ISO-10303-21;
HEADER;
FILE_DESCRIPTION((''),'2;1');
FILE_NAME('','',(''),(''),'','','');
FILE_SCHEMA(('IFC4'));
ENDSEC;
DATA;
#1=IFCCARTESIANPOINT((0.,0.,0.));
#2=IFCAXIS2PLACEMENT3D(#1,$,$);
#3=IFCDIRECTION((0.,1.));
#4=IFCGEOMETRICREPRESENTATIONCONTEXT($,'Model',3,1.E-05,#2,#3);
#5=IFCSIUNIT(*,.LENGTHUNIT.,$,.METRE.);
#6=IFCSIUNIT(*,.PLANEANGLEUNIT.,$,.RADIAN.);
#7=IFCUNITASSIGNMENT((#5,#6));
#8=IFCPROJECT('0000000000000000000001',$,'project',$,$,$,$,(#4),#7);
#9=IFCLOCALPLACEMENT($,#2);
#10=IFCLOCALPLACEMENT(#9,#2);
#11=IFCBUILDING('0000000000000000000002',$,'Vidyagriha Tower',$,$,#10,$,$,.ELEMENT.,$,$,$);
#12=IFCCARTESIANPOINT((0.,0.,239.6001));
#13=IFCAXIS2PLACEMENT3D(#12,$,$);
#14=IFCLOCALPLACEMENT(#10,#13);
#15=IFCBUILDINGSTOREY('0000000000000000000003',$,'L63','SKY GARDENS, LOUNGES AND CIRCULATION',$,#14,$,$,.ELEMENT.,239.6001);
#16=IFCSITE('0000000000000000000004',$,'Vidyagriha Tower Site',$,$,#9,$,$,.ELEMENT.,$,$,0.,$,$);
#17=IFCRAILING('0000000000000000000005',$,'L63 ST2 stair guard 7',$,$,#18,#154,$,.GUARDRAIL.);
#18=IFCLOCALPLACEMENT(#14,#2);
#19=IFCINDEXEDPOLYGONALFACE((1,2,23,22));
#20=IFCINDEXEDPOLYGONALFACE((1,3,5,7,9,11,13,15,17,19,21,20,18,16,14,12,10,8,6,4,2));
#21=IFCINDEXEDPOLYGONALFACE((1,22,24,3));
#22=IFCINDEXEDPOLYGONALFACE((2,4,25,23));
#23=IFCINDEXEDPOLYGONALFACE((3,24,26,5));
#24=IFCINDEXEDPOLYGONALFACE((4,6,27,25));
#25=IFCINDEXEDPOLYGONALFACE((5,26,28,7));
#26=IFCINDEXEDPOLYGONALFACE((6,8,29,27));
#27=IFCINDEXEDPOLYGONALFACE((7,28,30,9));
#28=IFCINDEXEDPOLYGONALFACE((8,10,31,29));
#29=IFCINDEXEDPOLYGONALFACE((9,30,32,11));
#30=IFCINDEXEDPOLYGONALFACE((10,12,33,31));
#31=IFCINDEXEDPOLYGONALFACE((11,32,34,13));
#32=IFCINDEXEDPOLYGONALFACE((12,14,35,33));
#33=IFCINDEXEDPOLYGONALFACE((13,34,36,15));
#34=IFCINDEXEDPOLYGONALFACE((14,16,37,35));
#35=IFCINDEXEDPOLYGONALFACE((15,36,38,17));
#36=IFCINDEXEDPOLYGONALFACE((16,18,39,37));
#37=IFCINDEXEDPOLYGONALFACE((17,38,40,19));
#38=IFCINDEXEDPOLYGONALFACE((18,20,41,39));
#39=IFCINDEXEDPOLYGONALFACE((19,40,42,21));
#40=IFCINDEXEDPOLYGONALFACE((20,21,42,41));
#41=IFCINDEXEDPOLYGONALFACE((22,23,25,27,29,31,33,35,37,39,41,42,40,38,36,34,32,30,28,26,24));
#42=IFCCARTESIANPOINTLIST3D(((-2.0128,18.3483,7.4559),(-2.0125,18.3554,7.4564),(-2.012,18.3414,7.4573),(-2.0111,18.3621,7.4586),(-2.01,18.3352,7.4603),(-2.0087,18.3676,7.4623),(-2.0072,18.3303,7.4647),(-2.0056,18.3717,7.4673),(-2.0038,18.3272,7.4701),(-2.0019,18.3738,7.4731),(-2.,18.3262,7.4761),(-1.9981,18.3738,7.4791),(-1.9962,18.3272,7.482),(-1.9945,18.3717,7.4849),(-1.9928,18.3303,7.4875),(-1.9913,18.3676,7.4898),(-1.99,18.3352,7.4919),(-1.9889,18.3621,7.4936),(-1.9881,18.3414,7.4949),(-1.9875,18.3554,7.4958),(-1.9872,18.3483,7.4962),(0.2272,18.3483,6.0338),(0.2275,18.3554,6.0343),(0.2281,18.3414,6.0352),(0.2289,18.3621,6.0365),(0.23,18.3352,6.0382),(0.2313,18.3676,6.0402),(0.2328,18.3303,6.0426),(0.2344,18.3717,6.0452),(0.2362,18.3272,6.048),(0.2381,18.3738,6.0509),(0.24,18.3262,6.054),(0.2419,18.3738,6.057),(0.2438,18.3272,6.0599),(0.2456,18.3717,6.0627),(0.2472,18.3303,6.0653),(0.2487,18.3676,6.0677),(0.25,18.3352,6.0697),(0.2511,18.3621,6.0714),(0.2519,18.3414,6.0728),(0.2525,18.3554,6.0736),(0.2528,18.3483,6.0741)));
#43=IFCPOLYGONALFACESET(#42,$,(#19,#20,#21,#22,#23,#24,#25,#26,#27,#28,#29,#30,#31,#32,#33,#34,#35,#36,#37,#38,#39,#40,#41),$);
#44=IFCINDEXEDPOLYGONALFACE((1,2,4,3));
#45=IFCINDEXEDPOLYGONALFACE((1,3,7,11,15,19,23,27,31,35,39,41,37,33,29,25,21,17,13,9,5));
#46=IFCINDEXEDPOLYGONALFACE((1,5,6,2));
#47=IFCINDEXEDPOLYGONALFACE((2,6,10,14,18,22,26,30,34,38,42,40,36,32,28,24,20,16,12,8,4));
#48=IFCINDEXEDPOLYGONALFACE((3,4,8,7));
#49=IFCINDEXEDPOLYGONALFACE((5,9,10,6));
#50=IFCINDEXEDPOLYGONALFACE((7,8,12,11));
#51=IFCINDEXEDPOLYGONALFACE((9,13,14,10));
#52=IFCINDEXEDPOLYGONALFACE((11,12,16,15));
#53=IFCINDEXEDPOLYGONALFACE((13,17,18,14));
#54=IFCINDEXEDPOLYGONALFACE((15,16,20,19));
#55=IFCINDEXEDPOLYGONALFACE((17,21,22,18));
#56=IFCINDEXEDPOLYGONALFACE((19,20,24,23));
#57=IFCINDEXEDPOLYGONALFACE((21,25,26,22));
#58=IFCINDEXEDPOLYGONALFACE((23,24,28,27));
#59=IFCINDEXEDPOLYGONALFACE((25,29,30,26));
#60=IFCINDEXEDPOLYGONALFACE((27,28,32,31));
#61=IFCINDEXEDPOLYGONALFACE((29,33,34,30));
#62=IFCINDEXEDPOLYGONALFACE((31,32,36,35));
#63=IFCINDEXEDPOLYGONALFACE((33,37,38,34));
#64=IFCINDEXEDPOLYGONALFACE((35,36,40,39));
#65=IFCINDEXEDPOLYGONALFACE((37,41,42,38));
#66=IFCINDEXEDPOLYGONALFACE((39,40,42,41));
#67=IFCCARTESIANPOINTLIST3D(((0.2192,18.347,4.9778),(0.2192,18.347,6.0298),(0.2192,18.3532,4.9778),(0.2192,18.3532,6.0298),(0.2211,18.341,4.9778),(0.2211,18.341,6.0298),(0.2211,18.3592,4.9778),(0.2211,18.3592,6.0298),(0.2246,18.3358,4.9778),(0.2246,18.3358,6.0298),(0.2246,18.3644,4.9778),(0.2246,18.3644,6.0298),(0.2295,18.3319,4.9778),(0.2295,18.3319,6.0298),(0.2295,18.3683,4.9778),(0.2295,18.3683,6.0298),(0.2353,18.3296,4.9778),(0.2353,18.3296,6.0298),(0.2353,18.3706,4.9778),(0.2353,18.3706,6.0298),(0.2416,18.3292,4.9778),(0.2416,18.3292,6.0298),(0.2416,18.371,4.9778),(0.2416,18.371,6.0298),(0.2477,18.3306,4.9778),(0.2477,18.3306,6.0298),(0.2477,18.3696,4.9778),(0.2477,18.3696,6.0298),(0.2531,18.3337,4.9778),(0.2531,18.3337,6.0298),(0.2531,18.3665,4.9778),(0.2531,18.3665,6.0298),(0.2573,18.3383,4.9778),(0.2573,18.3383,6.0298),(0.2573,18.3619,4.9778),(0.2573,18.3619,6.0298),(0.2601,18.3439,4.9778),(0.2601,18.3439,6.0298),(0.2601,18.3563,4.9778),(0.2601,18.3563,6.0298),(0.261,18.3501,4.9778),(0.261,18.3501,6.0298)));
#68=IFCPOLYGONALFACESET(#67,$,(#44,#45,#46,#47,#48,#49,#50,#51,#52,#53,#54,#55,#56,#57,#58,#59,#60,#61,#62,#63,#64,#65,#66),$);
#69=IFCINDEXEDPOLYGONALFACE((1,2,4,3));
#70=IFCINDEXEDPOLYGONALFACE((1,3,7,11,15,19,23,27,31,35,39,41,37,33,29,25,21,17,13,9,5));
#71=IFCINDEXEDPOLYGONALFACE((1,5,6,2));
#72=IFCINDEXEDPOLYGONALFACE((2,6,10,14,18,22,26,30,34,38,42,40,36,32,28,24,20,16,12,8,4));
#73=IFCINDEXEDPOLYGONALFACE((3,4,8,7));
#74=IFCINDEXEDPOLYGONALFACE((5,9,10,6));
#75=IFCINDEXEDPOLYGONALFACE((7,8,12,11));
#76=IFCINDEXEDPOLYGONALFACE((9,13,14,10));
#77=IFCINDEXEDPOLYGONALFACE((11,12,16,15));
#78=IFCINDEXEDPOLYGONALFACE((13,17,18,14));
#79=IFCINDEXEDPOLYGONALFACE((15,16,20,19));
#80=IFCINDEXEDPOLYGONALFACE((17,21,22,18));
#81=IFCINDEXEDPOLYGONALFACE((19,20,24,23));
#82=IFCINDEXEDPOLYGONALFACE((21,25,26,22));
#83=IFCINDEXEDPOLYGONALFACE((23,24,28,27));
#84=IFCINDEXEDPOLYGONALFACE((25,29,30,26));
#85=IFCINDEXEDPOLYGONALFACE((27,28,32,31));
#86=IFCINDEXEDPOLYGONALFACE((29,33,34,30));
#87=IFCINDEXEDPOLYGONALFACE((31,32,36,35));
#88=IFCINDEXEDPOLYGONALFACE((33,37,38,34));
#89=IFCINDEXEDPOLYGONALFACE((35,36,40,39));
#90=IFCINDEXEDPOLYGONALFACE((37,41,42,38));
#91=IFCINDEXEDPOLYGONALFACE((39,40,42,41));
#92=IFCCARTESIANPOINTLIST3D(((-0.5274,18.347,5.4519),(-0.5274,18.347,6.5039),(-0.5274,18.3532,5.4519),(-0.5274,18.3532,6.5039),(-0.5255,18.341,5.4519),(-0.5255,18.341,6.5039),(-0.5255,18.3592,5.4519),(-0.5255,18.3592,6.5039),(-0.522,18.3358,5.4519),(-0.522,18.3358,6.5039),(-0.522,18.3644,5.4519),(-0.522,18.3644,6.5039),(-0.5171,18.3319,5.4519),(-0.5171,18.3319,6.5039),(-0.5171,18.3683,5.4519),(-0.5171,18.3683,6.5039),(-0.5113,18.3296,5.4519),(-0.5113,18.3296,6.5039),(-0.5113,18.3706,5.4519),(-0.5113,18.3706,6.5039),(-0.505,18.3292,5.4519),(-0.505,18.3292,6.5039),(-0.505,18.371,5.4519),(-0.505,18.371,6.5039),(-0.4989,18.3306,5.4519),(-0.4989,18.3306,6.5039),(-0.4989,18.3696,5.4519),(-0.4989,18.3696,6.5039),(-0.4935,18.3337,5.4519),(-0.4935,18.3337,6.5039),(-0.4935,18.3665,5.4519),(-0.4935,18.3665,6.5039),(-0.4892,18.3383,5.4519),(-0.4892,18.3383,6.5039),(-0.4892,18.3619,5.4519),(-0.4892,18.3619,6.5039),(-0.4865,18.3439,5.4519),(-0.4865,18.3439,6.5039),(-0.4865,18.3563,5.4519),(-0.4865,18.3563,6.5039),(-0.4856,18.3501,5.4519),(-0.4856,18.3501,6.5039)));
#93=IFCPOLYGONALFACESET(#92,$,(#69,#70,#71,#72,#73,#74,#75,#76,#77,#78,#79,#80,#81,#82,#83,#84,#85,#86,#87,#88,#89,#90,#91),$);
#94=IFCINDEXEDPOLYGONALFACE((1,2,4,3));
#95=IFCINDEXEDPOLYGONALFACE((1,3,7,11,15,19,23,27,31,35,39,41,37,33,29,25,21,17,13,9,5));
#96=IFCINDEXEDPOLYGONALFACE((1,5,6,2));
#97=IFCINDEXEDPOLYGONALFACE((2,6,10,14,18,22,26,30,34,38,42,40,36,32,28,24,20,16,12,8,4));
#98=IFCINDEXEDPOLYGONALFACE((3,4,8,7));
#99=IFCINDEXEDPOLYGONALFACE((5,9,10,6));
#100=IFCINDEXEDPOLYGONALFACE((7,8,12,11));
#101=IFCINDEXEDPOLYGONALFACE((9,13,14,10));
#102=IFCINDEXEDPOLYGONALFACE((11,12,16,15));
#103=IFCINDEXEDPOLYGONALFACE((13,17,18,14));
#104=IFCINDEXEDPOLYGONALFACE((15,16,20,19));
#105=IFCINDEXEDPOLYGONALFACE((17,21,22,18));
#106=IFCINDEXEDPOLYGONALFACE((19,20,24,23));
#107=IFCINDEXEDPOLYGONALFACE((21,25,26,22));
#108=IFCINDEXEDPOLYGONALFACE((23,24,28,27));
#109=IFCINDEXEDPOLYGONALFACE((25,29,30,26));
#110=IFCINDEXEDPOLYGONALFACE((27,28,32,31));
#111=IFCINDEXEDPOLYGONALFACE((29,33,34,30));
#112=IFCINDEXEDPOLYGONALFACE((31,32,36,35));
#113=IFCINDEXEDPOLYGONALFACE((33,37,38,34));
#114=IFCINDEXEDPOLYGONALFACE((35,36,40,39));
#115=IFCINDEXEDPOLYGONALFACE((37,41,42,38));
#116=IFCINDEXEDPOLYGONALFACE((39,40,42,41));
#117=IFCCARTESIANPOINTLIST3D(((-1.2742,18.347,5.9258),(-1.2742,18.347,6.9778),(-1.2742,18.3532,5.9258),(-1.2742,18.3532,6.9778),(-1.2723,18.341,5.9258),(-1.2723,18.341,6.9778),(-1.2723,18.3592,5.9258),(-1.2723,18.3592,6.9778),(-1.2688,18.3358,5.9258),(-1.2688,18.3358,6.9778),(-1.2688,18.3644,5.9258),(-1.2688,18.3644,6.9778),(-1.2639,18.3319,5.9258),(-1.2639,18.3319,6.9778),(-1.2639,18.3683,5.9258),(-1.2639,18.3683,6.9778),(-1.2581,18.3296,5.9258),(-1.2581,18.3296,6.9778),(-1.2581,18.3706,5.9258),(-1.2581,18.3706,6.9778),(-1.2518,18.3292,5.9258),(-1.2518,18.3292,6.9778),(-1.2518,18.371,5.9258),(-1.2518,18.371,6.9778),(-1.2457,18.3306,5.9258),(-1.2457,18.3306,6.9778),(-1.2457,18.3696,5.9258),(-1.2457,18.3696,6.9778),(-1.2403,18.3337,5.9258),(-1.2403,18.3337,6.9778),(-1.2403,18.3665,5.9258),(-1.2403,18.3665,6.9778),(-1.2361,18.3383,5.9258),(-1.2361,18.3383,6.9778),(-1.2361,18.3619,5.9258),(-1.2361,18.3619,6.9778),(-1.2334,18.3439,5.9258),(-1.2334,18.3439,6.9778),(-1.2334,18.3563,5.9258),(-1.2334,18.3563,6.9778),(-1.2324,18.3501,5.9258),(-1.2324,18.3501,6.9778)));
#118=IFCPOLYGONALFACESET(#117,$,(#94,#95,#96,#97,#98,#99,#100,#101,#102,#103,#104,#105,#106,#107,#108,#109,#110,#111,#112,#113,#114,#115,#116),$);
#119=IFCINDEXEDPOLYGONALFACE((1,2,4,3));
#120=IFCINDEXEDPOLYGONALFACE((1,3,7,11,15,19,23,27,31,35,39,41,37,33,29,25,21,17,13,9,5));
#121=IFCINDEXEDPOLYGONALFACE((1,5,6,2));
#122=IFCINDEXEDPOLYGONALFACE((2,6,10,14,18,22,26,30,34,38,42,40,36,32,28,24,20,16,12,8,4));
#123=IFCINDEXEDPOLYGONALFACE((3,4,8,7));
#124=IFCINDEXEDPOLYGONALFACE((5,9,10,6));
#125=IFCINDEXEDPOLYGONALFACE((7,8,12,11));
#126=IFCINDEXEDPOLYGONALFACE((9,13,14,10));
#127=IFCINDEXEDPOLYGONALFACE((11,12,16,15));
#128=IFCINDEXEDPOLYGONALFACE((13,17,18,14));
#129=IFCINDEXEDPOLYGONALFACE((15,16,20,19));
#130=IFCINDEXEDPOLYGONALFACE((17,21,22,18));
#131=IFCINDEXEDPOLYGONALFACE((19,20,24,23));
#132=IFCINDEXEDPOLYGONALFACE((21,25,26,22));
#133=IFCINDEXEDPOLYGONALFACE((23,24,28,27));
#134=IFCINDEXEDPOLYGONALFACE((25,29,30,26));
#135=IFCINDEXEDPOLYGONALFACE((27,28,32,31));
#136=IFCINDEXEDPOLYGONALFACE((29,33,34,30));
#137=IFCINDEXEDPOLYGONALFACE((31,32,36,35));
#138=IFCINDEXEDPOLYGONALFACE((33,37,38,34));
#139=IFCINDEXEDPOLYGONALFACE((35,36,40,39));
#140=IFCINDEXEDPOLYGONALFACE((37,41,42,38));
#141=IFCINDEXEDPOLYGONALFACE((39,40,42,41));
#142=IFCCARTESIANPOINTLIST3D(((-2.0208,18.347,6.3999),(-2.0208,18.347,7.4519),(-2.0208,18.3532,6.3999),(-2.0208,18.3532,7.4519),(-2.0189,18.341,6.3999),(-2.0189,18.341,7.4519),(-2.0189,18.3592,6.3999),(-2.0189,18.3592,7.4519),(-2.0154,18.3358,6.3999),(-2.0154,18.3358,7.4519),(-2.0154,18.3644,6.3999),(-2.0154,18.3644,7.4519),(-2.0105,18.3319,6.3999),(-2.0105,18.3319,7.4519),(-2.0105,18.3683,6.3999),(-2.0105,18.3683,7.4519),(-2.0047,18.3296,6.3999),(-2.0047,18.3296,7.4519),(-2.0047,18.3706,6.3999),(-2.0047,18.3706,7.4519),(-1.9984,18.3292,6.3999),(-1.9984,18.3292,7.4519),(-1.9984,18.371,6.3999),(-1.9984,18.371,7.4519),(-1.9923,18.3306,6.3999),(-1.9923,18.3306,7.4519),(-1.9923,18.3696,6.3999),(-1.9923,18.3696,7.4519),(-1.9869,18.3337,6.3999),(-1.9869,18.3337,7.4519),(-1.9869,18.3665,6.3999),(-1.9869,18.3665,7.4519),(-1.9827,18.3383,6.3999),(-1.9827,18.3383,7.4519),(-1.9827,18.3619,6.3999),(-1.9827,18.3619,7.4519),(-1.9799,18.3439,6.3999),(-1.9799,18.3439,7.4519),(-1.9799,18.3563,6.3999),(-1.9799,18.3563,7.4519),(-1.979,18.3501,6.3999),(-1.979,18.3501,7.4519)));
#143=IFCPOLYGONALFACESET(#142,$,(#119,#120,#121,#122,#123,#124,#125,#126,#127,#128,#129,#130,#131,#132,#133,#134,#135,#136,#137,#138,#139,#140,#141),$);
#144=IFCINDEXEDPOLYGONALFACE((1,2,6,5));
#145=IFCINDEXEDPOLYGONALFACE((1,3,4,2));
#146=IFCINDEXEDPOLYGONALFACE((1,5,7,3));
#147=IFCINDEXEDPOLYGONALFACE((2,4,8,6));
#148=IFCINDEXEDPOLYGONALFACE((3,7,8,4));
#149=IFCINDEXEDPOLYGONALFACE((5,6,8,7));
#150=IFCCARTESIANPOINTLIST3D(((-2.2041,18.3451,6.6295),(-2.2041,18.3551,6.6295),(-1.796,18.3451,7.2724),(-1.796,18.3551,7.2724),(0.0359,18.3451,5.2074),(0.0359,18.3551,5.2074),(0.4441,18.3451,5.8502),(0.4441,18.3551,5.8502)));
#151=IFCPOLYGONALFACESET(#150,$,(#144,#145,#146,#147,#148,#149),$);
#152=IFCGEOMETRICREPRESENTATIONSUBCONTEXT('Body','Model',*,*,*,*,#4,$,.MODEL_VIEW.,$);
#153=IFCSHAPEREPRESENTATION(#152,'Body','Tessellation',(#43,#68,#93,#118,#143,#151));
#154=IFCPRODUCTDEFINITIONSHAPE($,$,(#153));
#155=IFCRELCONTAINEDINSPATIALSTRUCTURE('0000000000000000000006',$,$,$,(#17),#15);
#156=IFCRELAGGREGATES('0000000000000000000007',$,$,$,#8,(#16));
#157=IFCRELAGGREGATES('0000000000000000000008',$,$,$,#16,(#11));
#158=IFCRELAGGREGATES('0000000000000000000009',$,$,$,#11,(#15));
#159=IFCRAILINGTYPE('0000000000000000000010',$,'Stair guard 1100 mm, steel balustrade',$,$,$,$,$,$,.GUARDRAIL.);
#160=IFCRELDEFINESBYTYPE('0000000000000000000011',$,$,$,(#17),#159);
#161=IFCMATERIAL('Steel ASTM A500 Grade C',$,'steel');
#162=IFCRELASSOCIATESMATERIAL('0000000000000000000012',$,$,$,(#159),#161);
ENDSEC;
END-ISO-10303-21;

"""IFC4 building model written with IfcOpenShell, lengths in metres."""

from ifc_helpers import new_model, si_unit, direction, frame, origin, origin_2d, place, context, subcontext, project, spatial, rectangle, circle, extrude, material, type_object, element, save


model = new_model("IFC4")

# Units and contexts
model_context = context("Model", 3, precision=1e-05, world=origin(), true_north=direction((0.0, 1.0)))
body_context = subcontext(model_context, "Body", "Model", "MODEL_VIEW")
ifc_project = project(units=[si_unit("LENGTHUNIT", "METRE"), si_unit("PLANEANGLEUNIT", "RADIAN")], contexts=[model_context])

# Site, building, storey
site_placement = place(None, origin())
site = spatial("IfcSite", under=ifc_project, at=site_placement, Name="Vidyagriha Tower Site", CompositionType="ELEMENT", RefElevation=0.0)
building_placement = place(site_placement, origin())
building = spatial("IfcBuilding", under=site, at=building_placement, Name="Vidyagriha Tower", CompositionType="ELEMENT")
storey_placement = place(building_placement, frame((0.0, 0.0, 239.6001)))
storey = spatial("IfcBuildingStorey", under=building, at=storey_placement, Name="L63", Description="SKY GARDENS, LOUNGES AND CIRCULATION", CompositionType="ELEMENT", Elevation=239.6001)

# Railing
ifc_material_1 = material(Name="Steel ASTM A500 Grade C", Category="steel")
railing_type_1 = type_object("IfcRailingType", Name="Stair guard 1100 mm, steel balustrade", PredefinedType="GUARDRAIL", material=ifc_material_1)
railing_1_placement = place(storey_placement, frame((0.24, 18.3501, 4.9778)))
element("IfcRailing", 1, at=railing_1_placement, inside=storey, type_object=railing_type_1, Name="L63 ST2 stair guard 7", PredefinedType="GUARDRAIL", context=body_context, shape_type="SweptSolid", body=[
    extrude(circle(Radius=0.0239, at=origin_2d()), frame((0.0, 0.0, 1.0762), z_axis=(-0.844229, 0.0, 0.535982), x_axis=(0.0, -1.0, 0.0)), (0.0, 0.0, 1.0), 2.6533),
    extrude(circle(Radius=0.021, at=origin_2d()), origin(), (0.0, 0.0, 1.0), 1.052),
    extrude(circle(Radius=0.021, at=origin_2d()), frame((-0.7466, 0.0, 0.4741)), (0.0, 0.0, 1.0), 1.052),
    extrude(circle(Radius=0.021, at=origin_2d()), frame((-1.4934, 0.0, 0.948)), (0.0, 0.0, 1.0), 1.052),
    extrude(circle(Radius=0.021, at=origin_2d()), frame((-2.24, 0.0, 1.4221)), (0.0, 0.0, 1.0), 1.052),
    extrude(rectangle(XDim=0.01, YDim=0.7615, at=origin_2d()), frame((0.0, 0.0, 0.551), z_axis=(-0.844229, 0.0, 0.535982), x_axis=(0.0, -1.0, 0.0)), (0.0, 0.0, 1.0), 2.6533),
])

save(model, "model.ifc")
